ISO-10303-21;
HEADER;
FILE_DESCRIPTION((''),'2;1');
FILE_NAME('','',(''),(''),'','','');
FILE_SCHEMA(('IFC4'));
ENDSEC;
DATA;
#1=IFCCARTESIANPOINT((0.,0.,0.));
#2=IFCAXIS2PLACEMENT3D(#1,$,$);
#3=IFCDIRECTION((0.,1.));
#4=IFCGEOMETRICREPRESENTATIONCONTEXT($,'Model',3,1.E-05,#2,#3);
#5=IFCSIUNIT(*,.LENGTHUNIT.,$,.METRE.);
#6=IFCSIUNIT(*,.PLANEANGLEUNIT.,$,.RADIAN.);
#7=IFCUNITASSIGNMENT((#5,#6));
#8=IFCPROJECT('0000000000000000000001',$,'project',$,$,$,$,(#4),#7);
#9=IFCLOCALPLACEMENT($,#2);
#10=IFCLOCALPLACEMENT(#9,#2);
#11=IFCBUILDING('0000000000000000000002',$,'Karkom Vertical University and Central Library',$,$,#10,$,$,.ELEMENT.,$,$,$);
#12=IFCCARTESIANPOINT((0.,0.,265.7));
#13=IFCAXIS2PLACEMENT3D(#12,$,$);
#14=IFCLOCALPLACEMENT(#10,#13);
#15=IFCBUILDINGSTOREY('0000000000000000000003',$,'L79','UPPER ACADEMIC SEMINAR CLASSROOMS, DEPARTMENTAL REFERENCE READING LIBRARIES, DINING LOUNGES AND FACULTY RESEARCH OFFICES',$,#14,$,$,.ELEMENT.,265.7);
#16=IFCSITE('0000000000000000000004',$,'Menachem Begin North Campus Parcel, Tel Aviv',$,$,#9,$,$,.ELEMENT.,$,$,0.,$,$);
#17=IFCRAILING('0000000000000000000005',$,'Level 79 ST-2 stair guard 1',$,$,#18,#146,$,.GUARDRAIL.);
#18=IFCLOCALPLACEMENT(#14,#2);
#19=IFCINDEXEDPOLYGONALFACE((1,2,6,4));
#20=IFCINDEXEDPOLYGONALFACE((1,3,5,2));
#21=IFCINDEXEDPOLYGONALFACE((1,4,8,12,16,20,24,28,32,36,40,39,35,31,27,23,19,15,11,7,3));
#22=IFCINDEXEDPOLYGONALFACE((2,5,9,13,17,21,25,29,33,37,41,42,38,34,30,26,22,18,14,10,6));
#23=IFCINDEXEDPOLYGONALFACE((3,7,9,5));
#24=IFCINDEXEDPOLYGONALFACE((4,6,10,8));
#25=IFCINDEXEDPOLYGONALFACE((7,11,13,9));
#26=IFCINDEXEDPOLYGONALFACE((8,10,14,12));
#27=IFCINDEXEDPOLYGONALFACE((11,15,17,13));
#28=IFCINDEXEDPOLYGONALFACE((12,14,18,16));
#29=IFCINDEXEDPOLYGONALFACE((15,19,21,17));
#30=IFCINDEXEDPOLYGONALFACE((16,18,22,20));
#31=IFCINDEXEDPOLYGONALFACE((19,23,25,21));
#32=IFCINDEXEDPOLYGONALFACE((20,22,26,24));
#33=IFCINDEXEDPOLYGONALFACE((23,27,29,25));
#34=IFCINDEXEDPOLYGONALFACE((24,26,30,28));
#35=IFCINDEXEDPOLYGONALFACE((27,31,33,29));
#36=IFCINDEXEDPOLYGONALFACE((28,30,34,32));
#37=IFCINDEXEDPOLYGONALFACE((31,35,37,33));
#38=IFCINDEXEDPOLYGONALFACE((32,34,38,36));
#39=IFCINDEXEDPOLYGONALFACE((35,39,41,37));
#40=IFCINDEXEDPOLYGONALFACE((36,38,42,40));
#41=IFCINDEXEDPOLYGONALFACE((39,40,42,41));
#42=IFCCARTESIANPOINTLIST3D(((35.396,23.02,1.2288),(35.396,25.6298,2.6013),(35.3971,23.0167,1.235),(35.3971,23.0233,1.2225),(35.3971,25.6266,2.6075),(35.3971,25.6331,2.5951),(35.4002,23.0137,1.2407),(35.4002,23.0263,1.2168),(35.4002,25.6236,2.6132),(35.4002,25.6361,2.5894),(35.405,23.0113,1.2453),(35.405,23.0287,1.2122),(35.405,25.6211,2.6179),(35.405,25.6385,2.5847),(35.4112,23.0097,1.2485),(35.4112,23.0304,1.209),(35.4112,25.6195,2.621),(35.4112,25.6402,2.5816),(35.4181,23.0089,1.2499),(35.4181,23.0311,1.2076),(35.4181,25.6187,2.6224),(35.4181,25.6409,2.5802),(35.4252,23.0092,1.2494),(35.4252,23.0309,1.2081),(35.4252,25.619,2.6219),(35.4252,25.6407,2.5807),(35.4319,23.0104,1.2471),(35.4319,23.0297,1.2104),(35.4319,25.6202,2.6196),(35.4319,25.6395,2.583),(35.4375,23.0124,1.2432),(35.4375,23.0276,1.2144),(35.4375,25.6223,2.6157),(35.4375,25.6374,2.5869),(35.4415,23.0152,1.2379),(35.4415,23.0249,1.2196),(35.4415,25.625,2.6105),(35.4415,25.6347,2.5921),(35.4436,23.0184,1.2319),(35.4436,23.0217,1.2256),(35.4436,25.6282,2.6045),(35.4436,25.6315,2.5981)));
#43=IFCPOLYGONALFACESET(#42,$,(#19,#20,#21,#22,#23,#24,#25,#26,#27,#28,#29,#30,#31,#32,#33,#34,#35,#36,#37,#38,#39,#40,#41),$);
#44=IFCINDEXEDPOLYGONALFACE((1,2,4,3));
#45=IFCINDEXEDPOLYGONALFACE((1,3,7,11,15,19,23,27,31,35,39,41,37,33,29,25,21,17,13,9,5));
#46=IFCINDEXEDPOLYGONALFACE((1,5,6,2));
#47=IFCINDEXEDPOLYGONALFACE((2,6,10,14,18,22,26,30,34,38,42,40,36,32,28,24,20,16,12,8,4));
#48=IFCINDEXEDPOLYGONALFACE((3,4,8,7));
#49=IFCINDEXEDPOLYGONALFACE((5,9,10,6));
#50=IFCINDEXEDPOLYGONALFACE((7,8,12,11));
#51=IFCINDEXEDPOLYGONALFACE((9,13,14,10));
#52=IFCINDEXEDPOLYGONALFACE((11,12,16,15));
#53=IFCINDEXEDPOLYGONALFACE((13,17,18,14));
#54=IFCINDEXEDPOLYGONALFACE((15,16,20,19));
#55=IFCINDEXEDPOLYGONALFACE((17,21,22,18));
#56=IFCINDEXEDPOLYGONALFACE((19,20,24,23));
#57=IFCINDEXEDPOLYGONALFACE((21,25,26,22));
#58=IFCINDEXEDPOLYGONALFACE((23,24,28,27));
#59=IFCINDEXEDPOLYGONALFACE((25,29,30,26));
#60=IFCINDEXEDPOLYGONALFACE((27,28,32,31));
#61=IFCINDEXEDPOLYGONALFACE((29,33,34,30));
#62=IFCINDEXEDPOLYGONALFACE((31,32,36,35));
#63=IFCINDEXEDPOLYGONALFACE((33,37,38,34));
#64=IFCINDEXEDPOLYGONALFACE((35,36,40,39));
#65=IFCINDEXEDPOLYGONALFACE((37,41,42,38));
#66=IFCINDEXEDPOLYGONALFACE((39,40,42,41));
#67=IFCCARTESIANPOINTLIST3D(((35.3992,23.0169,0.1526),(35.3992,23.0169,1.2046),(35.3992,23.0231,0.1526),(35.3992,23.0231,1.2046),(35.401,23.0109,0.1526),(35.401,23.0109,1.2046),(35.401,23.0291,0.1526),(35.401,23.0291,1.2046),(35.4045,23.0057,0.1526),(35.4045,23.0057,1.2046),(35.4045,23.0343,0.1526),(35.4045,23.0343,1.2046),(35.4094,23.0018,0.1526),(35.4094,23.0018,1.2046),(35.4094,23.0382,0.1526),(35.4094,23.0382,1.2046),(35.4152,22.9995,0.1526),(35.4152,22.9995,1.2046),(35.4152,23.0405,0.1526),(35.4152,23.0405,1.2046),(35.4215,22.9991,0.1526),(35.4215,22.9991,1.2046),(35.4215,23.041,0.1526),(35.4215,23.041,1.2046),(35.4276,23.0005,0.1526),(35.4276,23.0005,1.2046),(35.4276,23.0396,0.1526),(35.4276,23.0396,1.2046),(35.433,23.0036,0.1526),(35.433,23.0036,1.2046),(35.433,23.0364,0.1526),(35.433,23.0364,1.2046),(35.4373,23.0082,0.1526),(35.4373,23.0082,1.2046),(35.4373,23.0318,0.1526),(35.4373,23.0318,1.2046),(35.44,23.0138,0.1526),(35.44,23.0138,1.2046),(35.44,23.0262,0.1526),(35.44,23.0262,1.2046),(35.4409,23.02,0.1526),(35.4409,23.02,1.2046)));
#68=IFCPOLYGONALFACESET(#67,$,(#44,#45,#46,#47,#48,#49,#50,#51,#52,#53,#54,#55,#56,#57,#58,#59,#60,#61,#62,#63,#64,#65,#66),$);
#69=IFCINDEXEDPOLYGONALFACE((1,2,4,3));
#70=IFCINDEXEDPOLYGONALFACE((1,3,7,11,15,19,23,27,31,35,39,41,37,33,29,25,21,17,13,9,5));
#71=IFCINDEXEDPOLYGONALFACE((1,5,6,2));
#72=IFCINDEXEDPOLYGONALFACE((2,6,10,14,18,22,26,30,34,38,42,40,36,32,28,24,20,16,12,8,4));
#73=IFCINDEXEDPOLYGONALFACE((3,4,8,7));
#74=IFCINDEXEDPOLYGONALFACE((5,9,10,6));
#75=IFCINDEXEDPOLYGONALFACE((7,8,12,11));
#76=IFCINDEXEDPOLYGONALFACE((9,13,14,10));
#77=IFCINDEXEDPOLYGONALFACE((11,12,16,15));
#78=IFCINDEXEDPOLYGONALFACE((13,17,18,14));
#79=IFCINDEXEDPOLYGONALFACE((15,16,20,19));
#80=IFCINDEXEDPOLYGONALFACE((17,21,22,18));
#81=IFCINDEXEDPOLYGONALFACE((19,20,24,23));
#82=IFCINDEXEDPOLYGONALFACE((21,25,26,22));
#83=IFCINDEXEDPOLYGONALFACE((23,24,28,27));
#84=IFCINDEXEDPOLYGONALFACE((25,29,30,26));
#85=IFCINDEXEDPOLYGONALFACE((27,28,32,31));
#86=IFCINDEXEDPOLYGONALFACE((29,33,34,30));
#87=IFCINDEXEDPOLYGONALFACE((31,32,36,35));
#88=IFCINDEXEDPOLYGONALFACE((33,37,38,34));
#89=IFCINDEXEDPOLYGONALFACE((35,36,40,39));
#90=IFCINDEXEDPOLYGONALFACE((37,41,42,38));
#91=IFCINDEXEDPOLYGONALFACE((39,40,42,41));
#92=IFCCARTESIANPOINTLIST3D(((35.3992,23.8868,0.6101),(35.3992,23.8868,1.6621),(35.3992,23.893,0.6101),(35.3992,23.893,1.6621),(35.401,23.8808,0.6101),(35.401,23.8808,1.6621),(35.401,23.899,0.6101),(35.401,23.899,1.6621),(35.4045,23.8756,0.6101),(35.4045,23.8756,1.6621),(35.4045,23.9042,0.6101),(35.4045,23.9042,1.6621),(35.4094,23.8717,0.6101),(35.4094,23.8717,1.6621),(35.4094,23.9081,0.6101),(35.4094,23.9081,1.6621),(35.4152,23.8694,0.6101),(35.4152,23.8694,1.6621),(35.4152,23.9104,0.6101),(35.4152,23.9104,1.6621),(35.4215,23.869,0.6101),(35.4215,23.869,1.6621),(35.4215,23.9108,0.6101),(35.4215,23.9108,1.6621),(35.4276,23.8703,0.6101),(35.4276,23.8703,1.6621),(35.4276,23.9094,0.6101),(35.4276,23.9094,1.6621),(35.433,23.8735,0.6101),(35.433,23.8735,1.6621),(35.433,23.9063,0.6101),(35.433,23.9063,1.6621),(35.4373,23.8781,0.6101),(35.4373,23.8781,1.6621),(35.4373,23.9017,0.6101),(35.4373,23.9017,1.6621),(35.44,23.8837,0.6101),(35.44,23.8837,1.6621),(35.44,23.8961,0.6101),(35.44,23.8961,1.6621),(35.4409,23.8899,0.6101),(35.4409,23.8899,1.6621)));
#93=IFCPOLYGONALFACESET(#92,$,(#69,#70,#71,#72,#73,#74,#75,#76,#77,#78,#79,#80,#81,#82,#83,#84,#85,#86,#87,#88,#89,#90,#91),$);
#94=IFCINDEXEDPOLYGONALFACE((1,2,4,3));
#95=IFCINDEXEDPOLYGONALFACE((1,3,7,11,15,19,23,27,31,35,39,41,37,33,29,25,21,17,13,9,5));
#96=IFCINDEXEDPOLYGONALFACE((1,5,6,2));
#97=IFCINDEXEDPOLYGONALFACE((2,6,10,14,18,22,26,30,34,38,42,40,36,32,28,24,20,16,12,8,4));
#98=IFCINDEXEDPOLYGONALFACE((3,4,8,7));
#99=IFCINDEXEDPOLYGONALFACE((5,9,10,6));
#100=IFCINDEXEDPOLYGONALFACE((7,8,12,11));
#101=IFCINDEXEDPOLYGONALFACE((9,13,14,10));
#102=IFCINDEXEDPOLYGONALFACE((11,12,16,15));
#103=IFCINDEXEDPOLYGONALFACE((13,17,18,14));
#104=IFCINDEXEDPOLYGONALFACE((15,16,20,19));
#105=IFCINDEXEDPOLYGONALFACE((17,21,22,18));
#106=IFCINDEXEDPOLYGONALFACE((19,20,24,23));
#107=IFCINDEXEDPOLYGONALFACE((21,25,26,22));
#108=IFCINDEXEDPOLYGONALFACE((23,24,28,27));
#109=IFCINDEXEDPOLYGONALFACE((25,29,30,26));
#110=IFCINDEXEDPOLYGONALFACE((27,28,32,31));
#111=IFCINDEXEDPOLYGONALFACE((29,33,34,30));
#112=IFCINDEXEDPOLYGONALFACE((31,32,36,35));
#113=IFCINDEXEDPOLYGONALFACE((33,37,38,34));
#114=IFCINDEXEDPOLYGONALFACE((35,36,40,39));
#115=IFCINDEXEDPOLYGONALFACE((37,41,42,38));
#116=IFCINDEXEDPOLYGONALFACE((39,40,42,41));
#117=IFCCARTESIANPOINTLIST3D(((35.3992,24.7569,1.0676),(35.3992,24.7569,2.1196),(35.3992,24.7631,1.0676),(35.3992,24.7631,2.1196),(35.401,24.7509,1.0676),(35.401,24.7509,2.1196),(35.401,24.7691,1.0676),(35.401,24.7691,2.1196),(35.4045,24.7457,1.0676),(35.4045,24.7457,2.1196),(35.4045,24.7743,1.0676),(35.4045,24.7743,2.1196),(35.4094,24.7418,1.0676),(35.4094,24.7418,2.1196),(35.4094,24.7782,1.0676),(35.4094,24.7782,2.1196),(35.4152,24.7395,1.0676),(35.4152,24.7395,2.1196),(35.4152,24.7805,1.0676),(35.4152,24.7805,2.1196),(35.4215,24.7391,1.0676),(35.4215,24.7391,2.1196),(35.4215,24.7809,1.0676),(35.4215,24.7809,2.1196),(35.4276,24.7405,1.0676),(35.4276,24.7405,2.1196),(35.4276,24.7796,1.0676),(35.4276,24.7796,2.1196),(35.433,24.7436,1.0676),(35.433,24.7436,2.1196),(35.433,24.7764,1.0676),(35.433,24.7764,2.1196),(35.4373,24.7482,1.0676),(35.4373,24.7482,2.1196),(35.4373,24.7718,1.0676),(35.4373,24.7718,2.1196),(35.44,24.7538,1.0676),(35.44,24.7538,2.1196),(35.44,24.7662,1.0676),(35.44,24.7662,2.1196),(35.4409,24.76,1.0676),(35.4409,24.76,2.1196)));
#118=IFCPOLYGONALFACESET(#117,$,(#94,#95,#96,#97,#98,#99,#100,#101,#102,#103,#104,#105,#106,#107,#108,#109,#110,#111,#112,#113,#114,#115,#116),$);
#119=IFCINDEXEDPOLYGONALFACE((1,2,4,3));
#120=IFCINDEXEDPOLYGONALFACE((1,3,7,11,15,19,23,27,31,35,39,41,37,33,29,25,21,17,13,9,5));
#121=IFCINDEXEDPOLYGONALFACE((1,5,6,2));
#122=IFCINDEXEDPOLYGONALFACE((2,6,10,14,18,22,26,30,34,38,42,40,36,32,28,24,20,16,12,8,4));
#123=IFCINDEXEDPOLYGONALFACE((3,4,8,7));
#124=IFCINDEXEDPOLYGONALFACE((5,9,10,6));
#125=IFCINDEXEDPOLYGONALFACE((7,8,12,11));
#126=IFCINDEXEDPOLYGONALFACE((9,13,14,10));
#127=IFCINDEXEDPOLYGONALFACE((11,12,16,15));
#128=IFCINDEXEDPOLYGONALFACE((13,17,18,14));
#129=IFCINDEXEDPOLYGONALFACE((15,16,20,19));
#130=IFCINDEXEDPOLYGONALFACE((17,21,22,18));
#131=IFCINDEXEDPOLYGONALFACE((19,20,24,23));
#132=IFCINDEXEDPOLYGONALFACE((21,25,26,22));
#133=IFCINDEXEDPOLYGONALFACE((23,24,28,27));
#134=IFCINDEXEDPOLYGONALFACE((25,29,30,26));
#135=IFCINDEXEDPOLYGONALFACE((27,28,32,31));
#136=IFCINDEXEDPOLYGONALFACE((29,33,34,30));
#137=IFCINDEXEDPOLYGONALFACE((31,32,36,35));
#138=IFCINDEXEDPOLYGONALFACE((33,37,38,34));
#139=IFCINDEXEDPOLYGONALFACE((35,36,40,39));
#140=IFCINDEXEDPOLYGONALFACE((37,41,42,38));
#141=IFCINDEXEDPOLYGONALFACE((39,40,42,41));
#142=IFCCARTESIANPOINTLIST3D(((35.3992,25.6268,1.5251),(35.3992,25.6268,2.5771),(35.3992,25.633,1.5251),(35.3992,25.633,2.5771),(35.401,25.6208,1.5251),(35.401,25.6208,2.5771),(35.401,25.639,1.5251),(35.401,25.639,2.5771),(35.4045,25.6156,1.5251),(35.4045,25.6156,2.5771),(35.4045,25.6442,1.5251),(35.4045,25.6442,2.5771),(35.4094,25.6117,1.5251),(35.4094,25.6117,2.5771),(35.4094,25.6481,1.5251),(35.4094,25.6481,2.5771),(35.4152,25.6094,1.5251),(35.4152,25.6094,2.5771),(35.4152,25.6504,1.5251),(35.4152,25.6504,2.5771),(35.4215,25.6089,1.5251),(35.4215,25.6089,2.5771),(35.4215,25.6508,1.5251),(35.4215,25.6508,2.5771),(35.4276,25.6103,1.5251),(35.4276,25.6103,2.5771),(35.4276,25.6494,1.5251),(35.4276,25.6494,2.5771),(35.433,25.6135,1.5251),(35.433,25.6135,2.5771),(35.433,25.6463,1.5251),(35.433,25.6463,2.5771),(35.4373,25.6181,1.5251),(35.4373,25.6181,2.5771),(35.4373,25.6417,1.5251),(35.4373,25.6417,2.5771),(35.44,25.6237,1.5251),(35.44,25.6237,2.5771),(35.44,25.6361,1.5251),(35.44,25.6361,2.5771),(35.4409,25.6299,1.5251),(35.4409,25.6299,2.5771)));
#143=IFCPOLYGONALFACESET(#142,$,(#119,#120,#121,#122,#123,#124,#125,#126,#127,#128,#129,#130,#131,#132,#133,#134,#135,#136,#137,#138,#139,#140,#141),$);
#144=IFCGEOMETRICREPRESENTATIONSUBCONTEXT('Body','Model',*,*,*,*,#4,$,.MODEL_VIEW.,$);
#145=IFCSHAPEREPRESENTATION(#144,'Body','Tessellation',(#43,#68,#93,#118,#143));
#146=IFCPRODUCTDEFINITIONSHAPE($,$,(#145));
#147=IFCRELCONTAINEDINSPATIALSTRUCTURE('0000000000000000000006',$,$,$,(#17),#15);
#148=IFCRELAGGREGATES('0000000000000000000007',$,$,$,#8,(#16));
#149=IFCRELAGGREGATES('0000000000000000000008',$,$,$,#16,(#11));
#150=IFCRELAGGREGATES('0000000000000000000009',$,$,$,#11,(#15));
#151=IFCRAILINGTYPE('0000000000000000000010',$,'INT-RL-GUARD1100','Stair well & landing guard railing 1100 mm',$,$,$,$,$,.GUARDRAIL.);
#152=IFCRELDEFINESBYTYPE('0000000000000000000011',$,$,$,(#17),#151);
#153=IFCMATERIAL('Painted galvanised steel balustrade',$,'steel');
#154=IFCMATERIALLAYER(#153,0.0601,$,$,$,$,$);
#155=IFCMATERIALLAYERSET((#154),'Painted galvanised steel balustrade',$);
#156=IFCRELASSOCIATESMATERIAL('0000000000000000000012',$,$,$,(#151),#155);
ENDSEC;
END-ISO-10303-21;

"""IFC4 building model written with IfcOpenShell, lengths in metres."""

from ifc_helpers import new_model, si_unit, direction, frame, origin, origin_2d, place, context, subcontext, project, spatial, circle, extrude, material, layer, layer_set, type_object, element, save


model = new_model("IFC4")

# Units and contexts
model_context = context("Model", 3, precision=1e-05, world=origin(), true_north=direction((0.0, 1.0)))
body_context = subcontext(model_context, "Body", "Model", "MODEL_VIEW")
ifc_project = project(units=[si_unit("LENGTHUNIT", "METRE"), si_unit("PLANEANGLEUNIT", "RADIAN")], contexts=[model_context])

# Site, building, storey
site_placement = place(None, origin())
site = spatial("IfcSite", under=ifc_project, at=site_placement, Name="Menachem Begin North Campus Parcel, Tel Aviv", CompositionType="ELEMENT", RefElevation=0.0)
building_placement = place(site_placement, origin())
building = spatial("IfcBuilding", under=site, at=building_placement, Name="Karkom Vertical University and Central Library", CompositionType="ELEMENT")
storey_placement = place(building_placement, frame((0.0, 0.0, 265.7)))
storey = spatial("IfcBuildingStorey", under=building, at=storey_placement, Name="L79", Description="UPPER ACADEMIC SEMINAR CLASSROOMS, DEPARTMENTAL REFERENCE READING LIBRARIES, DINING LOUNGES AND FACULTY RESEARCH OFFICES", CompositionType="ELEMENT", Elevation=265.7)

# Railing
ifc_material_1 = material(Name="Painted galvanised steel balustrade", Category="steel")
ifc_layer_1 = layer(ifc_material_1, 0.0601)
ifc_layer_set_1 = layer_set([ifc_layer_1], Name="Painted galvanised steel balustrade")
railing_type = type_object("IfcRailingType", Name="INT-RL-GUARD1100", Description="Stair well & landing guard railing 1100 mm", PredefinedType="GUARDRAIL", material=ifc_layer_set_1)
railing_1_placement = place(storey_placement, frame((35.4199, 23.02, 0.1526)))
element("IfcRailing", 1, at=railing_1_placement, inside=storey, type_object=railing_type, Name="Level 79 ST-2 stair guard 1", PredefinedType="GUARDRAIL", context=body_context, shape_type="SweptSolid", body=[
    extrude(circle(Radius=0.0239, at=origin_2d()), frame((0.0, 0.0, 1.0762), z_axis=(0.0, 0.885065, 0.465467), x_axis=(-1.0, 0.0, 0.0)), (0.0, 0.0, 1.0), 2.9487),
    extrude(circle(Radius=0.021, at=origin_2d()), origin(), (0.0, 0.0, 1.0), 1.052),
    extrude(circle(Radius=0.021, at=origin_2d()), frame((0.0, 0.8699, 0.4575)), (0.0, 0.0, 1.0), 1.052),
    extrude(circle(Radius=0.021, at=origin_2d()), frame((0.0, 1.74, 0.915)), (0.0, 0.0, 1.0), 1.052),
    extrude(circle(Radius=0.021, at=origin_2d()), frame((0.0, 2.6099, 1.3726)), (0.0, 0.0, 1.0), 1.052),
])

save(model, "model.ifc")
